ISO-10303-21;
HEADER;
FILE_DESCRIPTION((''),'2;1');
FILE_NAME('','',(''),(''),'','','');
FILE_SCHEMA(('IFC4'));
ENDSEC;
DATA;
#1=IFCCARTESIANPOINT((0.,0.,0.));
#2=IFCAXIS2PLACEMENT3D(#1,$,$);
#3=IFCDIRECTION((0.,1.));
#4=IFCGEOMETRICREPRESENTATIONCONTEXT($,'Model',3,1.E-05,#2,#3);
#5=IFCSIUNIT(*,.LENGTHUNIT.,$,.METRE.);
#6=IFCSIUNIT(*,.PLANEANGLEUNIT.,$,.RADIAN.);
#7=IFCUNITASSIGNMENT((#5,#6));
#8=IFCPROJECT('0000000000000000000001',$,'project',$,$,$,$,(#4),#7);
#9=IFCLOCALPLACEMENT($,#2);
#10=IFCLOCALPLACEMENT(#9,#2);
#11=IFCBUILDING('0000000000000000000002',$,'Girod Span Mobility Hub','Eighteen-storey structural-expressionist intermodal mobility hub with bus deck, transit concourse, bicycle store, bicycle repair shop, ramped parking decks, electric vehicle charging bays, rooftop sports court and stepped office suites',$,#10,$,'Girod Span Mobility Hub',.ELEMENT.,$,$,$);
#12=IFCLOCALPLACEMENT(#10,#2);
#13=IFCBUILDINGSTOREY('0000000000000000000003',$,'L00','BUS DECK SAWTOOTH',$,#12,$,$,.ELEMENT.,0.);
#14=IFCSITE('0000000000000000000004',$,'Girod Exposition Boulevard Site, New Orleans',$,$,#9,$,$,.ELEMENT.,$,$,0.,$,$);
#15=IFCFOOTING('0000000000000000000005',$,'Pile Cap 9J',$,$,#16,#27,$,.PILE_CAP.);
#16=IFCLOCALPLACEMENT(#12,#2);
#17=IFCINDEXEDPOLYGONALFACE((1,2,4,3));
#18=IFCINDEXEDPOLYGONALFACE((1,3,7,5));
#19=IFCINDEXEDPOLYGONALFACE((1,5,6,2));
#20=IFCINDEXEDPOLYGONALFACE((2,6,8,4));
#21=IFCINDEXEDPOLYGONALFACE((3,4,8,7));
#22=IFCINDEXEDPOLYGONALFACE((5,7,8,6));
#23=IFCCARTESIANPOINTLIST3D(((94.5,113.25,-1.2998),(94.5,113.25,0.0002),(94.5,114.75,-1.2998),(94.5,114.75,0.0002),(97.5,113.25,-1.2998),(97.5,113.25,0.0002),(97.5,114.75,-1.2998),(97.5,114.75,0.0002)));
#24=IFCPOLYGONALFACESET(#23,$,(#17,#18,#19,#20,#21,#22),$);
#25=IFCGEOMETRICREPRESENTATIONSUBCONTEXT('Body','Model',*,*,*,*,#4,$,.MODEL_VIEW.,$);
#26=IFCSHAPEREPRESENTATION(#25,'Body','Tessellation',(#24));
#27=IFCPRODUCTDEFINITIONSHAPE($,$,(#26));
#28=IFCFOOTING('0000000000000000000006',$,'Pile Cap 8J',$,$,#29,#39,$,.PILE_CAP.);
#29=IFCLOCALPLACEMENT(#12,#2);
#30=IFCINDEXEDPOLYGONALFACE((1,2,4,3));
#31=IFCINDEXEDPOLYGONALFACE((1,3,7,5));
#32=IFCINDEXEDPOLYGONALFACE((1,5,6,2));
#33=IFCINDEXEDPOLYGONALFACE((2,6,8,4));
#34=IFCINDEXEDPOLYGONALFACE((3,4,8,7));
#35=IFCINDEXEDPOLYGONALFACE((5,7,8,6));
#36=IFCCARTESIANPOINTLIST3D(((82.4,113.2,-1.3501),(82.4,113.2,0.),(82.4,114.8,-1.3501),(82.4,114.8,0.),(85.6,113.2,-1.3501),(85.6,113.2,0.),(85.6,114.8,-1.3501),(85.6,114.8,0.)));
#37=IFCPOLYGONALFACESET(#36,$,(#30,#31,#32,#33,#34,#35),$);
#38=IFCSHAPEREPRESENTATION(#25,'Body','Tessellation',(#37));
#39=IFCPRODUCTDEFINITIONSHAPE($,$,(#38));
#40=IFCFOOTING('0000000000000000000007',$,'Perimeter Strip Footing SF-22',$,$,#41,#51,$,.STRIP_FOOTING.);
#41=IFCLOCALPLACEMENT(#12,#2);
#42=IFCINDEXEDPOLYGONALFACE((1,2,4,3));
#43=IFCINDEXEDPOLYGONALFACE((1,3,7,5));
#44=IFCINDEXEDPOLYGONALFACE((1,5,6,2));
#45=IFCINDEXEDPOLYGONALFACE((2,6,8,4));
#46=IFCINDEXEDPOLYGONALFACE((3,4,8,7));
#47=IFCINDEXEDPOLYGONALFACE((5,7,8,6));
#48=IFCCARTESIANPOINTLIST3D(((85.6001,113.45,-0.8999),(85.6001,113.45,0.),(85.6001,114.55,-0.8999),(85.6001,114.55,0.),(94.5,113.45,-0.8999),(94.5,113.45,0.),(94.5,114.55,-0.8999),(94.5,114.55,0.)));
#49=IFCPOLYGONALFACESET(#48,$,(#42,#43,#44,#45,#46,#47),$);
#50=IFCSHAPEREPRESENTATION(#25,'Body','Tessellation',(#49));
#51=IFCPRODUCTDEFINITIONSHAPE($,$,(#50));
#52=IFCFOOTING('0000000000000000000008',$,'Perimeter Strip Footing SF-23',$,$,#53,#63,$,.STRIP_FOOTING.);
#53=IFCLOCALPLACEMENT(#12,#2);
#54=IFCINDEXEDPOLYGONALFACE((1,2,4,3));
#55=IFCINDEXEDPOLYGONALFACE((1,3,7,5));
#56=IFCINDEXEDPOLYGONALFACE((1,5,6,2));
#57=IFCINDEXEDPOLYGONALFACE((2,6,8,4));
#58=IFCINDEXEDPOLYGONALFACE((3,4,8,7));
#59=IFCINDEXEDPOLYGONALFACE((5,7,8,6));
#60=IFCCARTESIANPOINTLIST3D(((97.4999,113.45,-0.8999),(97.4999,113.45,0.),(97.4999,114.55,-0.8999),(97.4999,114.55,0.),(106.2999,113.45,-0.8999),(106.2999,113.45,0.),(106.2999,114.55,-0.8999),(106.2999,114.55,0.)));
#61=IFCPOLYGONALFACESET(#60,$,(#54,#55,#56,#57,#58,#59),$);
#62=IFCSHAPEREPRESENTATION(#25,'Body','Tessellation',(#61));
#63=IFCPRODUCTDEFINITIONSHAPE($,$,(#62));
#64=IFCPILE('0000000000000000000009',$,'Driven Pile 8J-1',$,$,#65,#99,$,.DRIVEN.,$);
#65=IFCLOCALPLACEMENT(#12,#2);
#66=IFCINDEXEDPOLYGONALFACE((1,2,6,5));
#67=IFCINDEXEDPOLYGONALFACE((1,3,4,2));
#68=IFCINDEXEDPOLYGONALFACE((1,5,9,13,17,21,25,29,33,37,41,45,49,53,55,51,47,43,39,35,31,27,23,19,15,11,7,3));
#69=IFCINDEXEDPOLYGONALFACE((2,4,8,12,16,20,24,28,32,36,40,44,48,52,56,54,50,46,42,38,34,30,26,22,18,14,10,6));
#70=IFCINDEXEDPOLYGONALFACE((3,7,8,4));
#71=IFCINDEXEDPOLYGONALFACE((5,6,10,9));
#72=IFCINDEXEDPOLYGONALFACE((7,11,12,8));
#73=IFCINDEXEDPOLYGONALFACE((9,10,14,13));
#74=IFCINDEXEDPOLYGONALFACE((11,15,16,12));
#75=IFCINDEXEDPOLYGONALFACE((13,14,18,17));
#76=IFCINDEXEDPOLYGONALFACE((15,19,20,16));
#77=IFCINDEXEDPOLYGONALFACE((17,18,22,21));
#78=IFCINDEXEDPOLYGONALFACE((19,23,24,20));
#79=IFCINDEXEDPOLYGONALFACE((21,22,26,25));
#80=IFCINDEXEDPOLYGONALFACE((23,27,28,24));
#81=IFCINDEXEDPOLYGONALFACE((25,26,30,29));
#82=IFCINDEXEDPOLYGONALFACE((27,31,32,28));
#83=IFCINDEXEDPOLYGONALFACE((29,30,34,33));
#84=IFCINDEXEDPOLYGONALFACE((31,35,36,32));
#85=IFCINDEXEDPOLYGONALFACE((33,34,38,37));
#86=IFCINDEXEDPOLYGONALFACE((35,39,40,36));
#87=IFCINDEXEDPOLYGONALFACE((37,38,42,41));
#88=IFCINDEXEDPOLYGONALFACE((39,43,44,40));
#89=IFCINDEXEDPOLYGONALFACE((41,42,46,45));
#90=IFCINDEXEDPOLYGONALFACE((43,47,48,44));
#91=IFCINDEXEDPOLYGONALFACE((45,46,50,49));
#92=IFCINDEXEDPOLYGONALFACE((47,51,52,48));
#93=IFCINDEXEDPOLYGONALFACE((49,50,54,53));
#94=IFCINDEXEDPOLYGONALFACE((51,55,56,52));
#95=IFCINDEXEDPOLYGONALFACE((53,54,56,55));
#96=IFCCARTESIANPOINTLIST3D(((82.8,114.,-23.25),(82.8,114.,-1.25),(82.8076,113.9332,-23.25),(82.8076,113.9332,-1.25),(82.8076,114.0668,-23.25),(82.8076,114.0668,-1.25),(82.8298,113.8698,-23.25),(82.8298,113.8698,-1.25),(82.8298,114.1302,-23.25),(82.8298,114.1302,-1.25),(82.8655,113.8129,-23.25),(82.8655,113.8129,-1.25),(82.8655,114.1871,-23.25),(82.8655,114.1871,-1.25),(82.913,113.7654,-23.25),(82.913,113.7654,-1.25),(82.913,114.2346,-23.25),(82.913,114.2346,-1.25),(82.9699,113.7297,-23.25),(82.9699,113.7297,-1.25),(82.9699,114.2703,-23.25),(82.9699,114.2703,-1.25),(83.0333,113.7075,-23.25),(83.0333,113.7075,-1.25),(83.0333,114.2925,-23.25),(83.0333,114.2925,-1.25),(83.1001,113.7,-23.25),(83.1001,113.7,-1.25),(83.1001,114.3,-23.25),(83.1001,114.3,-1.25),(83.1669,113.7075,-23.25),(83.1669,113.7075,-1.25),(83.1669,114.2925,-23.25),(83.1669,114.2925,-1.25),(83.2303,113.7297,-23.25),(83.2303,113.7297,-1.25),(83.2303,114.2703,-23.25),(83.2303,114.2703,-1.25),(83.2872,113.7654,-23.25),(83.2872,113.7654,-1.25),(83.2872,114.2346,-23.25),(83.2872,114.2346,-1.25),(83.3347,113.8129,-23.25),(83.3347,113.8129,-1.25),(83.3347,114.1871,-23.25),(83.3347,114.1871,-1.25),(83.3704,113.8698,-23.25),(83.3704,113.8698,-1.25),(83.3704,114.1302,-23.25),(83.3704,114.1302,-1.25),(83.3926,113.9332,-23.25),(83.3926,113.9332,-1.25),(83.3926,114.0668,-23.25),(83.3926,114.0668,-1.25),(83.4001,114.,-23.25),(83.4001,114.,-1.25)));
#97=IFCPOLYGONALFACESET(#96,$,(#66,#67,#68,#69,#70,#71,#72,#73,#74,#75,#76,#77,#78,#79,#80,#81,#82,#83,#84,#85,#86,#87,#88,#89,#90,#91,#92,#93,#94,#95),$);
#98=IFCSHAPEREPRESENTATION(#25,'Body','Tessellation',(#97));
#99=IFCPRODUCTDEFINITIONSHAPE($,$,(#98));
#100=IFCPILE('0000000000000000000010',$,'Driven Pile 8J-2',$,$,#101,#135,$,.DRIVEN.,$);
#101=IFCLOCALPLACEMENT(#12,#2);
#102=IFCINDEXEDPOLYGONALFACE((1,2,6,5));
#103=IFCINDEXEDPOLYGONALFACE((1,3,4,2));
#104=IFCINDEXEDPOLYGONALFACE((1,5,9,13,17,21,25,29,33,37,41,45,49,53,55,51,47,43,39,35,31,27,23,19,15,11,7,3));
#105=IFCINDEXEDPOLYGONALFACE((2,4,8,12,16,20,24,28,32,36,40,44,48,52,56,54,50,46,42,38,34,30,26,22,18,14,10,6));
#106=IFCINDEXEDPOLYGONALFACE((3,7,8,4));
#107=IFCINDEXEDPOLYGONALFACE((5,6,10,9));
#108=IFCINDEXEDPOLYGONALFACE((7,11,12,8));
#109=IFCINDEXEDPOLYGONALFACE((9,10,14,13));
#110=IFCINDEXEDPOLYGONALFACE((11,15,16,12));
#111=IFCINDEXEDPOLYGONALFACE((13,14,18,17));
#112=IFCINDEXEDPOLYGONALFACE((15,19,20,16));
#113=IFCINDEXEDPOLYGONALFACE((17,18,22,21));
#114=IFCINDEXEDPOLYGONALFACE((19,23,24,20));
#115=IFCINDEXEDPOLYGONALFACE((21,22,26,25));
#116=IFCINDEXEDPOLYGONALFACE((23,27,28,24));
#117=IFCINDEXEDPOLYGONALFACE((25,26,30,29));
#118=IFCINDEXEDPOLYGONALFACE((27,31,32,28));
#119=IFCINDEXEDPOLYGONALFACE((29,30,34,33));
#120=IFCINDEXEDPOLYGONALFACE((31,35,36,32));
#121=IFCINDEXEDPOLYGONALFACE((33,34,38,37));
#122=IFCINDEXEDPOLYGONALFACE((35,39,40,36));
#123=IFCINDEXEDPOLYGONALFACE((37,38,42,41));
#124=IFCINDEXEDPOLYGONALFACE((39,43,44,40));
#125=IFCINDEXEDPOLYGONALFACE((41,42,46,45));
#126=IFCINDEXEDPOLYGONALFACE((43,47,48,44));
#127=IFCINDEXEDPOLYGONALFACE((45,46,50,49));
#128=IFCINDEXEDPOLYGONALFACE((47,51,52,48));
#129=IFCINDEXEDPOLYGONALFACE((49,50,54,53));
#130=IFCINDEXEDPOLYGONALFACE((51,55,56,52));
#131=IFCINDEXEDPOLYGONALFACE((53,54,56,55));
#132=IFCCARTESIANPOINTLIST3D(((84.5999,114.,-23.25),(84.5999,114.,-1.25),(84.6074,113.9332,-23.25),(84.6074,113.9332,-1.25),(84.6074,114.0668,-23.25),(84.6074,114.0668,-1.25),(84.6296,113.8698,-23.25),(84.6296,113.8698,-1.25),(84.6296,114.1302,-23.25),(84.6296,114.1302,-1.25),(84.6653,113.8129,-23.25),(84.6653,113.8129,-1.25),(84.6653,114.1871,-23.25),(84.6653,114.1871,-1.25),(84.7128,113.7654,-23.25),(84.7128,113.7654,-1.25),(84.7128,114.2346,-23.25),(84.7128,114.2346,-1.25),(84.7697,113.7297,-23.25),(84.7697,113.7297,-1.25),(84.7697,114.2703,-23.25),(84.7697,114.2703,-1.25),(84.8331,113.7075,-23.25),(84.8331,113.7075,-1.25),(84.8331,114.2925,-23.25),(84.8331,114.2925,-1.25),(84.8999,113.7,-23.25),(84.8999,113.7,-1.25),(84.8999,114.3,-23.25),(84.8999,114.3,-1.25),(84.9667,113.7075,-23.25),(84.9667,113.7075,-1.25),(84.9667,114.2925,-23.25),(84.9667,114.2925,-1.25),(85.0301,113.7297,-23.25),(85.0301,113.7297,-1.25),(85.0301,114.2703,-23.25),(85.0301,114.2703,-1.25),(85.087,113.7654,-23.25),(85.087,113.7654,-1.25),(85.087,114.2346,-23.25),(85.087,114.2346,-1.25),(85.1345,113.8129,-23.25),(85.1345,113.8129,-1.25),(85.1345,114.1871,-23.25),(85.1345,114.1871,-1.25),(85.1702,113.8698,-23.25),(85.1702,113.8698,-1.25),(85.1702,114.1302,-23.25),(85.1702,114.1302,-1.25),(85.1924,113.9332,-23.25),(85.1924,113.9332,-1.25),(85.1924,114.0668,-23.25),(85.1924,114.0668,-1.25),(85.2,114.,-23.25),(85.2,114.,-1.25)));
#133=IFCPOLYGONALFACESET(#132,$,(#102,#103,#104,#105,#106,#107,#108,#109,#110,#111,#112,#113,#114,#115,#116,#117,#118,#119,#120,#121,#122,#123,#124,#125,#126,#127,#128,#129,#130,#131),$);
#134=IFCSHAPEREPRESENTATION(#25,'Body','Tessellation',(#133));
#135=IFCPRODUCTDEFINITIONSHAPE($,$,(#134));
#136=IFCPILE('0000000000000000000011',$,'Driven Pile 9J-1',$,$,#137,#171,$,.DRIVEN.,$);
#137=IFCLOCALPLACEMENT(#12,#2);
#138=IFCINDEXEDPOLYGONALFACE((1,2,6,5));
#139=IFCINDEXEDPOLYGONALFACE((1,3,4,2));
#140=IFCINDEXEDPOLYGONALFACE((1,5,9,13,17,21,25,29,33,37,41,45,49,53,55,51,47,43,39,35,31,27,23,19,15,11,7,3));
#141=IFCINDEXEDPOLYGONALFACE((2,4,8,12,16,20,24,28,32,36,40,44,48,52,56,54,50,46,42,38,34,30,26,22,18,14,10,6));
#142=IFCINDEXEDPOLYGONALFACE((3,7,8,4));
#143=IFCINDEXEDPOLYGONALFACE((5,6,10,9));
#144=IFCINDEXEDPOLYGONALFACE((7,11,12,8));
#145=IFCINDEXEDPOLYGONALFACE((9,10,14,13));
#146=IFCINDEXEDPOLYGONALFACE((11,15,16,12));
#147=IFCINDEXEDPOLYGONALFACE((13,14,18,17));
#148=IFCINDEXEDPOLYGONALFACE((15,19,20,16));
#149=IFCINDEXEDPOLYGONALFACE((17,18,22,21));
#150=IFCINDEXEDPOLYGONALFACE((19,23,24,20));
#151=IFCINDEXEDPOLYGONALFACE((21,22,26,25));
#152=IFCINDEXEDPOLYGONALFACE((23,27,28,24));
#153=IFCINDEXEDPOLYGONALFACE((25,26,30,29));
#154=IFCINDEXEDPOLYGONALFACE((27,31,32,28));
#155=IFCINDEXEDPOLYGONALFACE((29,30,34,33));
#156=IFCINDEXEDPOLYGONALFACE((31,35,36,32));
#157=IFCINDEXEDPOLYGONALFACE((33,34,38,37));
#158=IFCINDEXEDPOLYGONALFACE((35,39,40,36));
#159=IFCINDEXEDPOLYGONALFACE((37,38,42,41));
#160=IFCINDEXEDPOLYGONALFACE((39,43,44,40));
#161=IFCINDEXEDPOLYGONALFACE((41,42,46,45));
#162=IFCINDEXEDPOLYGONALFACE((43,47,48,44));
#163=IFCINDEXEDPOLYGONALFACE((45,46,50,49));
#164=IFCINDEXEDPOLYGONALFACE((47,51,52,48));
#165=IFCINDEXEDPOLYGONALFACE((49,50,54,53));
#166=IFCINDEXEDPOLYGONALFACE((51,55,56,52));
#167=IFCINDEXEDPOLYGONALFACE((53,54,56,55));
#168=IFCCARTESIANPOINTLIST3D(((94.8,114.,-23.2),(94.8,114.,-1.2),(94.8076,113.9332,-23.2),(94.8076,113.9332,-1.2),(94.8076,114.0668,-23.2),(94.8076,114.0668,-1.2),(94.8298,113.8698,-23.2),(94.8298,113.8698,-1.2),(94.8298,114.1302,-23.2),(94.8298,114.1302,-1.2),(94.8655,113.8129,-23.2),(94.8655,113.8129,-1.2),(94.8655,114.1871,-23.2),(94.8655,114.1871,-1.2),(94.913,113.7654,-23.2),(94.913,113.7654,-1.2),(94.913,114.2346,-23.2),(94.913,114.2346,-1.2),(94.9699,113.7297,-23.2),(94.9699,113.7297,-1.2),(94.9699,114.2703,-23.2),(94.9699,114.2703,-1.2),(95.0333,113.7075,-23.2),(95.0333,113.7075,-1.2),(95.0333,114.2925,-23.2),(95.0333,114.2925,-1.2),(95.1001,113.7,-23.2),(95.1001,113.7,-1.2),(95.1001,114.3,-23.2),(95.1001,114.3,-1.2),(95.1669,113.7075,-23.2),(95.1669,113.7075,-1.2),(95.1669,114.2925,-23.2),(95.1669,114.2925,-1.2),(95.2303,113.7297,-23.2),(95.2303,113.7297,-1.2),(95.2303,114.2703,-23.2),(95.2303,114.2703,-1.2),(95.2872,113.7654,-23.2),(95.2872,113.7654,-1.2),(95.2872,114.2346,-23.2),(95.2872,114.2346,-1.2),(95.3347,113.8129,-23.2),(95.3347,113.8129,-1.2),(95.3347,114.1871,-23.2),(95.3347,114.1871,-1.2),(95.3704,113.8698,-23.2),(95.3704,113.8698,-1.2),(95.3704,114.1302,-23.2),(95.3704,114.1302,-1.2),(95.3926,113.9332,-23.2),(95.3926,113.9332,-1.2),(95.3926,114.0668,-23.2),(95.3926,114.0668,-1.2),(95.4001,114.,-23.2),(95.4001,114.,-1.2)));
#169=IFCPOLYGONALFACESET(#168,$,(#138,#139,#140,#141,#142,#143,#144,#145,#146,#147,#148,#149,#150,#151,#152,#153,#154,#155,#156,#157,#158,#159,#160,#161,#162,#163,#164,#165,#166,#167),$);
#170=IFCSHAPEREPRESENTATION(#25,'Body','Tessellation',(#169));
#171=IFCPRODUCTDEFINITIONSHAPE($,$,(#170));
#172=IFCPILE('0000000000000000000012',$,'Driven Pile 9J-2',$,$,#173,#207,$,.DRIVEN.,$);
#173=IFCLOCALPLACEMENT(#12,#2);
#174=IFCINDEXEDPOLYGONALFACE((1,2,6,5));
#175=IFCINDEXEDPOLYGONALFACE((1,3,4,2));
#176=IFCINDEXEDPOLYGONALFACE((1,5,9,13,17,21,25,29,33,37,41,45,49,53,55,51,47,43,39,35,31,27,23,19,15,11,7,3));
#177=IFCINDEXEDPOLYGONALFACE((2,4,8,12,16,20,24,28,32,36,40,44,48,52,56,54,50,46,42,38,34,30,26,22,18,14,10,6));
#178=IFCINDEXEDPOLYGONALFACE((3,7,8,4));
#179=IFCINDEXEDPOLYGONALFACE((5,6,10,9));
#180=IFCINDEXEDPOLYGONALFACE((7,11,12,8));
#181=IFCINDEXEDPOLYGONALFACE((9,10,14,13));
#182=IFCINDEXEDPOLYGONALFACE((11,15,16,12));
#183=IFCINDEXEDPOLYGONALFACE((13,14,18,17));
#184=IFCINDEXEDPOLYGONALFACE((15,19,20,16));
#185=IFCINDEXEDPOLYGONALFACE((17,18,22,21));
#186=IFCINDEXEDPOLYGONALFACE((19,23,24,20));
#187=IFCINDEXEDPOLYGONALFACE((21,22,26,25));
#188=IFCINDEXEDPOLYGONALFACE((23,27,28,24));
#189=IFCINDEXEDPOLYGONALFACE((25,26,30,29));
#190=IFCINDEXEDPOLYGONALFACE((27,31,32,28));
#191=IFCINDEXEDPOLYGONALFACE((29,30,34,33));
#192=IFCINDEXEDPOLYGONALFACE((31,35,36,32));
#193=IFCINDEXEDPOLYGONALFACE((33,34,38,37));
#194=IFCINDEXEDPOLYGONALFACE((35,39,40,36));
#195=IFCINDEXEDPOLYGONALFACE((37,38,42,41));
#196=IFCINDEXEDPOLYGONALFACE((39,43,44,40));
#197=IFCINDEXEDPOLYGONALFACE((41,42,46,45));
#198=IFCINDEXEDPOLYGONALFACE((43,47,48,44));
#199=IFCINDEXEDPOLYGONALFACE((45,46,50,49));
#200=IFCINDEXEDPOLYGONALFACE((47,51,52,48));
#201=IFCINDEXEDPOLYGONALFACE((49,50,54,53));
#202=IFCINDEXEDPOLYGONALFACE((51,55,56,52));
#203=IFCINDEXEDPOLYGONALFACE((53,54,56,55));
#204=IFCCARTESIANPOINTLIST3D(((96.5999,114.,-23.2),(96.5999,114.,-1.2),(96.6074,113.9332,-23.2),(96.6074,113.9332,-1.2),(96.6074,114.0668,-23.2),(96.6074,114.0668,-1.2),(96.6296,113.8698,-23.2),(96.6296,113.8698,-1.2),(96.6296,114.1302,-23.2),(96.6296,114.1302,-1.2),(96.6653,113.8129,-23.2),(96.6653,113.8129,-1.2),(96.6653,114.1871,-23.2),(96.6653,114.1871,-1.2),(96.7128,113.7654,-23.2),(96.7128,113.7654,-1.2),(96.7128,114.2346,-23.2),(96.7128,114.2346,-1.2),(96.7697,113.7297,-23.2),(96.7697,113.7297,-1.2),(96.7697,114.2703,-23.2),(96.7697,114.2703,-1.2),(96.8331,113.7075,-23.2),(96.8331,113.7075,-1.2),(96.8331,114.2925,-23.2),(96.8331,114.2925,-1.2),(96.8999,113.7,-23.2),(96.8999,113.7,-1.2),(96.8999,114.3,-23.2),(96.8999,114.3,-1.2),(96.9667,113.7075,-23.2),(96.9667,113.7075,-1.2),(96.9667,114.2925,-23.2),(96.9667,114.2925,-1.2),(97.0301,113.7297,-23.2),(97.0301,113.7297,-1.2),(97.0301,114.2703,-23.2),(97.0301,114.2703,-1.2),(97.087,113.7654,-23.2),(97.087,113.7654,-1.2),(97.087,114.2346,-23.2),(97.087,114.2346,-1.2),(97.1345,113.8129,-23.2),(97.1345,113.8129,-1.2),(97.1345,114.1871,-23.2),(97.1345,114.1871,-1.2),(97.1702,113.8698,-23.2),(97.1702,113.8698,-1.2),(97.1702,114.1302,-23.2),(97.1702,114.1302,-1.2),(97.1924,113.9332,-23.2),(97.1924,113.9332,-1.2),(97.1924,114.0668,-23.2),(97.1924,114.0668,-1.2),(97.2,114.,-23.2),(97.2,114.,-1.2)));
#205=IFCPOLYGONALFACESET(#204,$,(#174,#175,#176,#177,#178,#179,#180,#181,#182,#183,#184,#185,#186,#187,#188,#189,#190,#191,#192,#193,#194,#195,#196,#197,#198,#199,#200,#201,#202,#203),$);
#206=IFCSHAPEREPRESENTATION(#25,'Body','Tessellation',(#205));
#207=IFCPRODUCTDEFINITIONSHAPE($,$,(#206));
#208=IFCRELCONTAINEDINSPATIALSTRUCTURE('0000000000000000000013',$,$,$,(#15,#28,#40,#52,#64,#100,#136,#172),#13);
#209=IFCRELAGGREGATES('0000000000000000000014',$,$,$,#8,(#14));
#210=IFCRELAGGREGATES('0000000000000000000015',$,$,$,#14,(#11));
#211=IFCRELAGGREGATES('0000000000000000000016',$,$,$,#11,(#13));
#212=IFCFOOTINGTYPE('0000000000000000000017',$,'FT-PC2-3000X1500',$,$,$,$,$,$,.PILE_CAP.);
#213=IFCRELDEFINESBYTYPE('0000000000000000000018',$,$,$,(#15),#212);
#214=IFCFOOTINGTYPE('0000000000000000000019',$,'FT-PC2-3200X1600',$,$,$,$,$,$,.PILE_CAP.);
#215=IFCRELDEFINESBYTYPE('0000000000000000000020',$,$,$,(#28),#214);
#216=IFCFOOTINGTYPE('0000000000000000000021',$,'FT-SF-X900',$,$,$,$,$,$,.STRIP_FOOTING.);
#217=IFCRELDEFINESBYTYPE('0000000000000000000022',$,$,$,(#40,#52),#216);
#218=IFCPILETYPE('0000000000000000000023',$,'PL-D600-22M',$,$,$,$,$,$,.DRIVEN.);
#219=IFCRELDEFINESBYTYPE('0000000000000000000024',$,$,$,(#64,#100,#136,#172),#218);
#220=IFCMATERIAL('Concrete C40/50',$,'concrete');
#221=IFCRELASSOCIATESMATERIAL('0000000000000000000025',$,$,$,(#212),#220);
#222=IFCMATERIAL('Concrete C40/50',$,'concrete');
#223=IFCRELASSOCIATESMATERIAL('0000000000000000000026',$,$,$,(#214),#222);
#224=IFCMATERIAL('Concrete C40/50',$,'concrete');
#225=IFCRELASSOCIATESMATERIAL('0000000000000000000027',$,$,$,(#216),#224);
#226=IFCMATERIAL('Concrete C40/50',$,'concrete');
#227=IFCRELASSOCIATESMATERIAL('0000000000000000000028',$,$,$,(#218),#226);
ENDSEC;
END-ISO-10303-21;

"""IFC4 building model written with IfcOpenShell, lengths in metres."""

from ifc_helpers import new_model, si_unit, direction, frame, origin, origin_2d, place, context, subcontext, project, spatial, rectangle, circle, extrude, material, material_profile, profile_set, type_object, element, save


model = new_model("IFC4")

# Units and contexts
model_context = context("Model", 3, precision=1e-05, world=origin(), true_north=direction((0.0, 1.0)))
body_context = subcontext(model_context, "Body", "Model", "MODEL_VIEW")
ifc_project = project(units=[si_unit("LENGTHUNIT", "METRE"), si_unit("PLANEANGLEUNIT", "RADIAN")], contexts=[model_context])

# Site, building, storey
site_placement = place(None, origin())
site = spatial("IfcSite", under=ifc_project, at=site_placement, Name="Girod Exposition Boulevard Site, New Orleans", CompositionType="ELEMENT", RefElevation=0.0)
building_placement = place(site_placement, origin())
building = spatial("IfcBuilding", under=site, at=building_placement, Name="Girod Span Mobility Hub", Description="Eighteen-storey structural-expressionist intermodal mobility hub with bus deck, transit concourse, bicycle store, bicycle repair shop, ramped parking decks, electric vehicle charging bays, rooftop sports court and stepped office suites", LongName="Girod Span Mobility Hub", CompositionType="ELEMENT")
storey_placement = place(building_placement, origin())
storey = spatial("IfcBuildingStorey", under=building, at=storey_placement, Name="L00", Description="BUS DECK SAWTOOTH", CompositionType="ELEMENT", Elevation=0.0)

# Footings
ifc_material_1 = material(Name="Concrete C40/50", Category="concrete")
footing_type_1 = type_object("IfcFootingType", Name="FT-PC2-3000X1500", PredefinedType="PILE_CAP", material=ifc_material_1)
footing_1_placement = place(storey_placement, frame((96.0, 114.0, -1.2998), z_axis=(0.0, 0.0, 1.0), x_axis=(1.0, 0.0, 0.0)))
element("IfcFooting", 1, at=footing_1_placement, inside=storey, type_object=footing_type_1, Name="Pile Cap 9J", PredefinedType="PILE_CAP", context=body_context, shape_type="SweptSolid", body=[
    extrude(rectangle(XDim=3.0, YDim=1.5, at=origin_2d()), origin(), (0.0, 0.0, 1.0), 1.3),
])
ifc_material_2 = material(Name="Concrete C40/50", Category="concrete")
footing_type_2 = type_object("IfcFootingType", Name="FT-PC2-3200X1600", PredefinedType="PILE_CAP", material=ifc_material_2)
footing_2_placement = place(storey_placement, frame((84.0, 114.0, -1.3501), z_axis=(0.0, 0.0, 1.0), x_axis=(1.0, 0.0, 0.0)))
element("IfcFooting", 2, at=footing_2_placement, inside=storey, type_object=footing_type_2, Name="Pile Cap 8J", PredefinedType="PILE_CAP", context=body_context, shape_type="SweptSolid", body=[
    extrude(rectangle(XDim=3.2, YDim=1.6001, at=origin_2d()), origin(), (0.0, 0.0, 1.0), 1.3501),
])
ifc_material_3 = material(Name="Concrete C40/50", Category="concrete")
footing_type_3 = type_object("IfcFootingType", Name="FT-SF-X900", PredefinedType="STRIP_FOOTING", material=ifc_material_3)
footing_3_placement = place(storey_placement, frame((90.05, 114.0, -0.8999), z_axis=(0.0, 0.0, 1.0), x_axis=(1.0, 0.0, 0.0)))
element("IfcFooting", 3, at=footing_3_placement, inside=storey, type_object=footing_type_3, Name="Perimeter Strip Footing SF-22", PredefinedType="STRIP_FOOTING", context=body_context, shape_type="SweptSolid", body=[
    extrude(rectangle(XDim=8.8999, YDim=1.1001, at=origin_2d()), origin(), (0.0, 0.0, 1.0), 0.8999),
])
footing_4_placement = place(storey_placement, frame((101.8999, 114.0, -0.8999), z_axis=(0.0, 0.0, 1.0), x_axis=(1.0, 0.0, 0.0)))
element("IfcFooting", 4, at=footing_4_placement, inside=storey, type_object=footing_type_3, Name="Perimeter Strip Footing SF-23", PredefinedType="STRIP_FOOTING", context=body_context, shape_type="SweptSolid", body=[
    extrude(rectangle(XDim=8.8, YDim=1.1001, at=origin_2d()), origin(), (0.0, 0.0, 1.0), 0.8999),
])

# Piles
ifc_material_4 = material(Name="Concrete C40/50", Category="concrete")
ifc_material_profile_1 = material_profile(ifc_material_4, circle(Radius=0.3, at=origin_2d()), Name="PILE-D600")
ifc_profile_set_1 = profile_set([ifc_material_profile_1], Name="Concrete C40/50")
pile_type_1 = type_object("IfcPileType", Name="PL-D600-22M", PredefinedType="DRIVEN", material=ifc_profile_set_1)
for number, where, z_axis, x_axis, name in (
    (5, (83.1001, 114.0, -1.25), (0.0, 0.0, -1.0), (1.0, 0.0, 0.0), "Driven Pile 8J-1"),
    (6, (84.8999, 114.0, -1.25), (0.0, 0.0, -1.0), (1.0, 0.0, 0.0), "Driven Pile 8J-2"),
    (7, (95.1001, 114.0, -1.2), (0.0, 0.0, -1.0), (1.0, 0.0, 0.0), "Driven Pile 9J-1"),
    (8, (96.8999, 114.0, -1.2), (0.0, 0.0, -1.0), (1.0, 0.0, 0.0), "Driven Pile 9J-2"),
):
    element("IfcPile", number, at=place(storey_placement, frame(where, z_axis=z_axis, x_axis=x_axis)), inside=storey, type_object=pile_type_1, Name=name, PredefinedType="DRIVEN", context=body_context, shape_type="SweptSolid", body=[
        extrude(circle(Radius=0.3, at=origin_2d()), origin(), (0.0, 0.0, 1.0), 22.0),
    ])

save(model, "model.ifc")
